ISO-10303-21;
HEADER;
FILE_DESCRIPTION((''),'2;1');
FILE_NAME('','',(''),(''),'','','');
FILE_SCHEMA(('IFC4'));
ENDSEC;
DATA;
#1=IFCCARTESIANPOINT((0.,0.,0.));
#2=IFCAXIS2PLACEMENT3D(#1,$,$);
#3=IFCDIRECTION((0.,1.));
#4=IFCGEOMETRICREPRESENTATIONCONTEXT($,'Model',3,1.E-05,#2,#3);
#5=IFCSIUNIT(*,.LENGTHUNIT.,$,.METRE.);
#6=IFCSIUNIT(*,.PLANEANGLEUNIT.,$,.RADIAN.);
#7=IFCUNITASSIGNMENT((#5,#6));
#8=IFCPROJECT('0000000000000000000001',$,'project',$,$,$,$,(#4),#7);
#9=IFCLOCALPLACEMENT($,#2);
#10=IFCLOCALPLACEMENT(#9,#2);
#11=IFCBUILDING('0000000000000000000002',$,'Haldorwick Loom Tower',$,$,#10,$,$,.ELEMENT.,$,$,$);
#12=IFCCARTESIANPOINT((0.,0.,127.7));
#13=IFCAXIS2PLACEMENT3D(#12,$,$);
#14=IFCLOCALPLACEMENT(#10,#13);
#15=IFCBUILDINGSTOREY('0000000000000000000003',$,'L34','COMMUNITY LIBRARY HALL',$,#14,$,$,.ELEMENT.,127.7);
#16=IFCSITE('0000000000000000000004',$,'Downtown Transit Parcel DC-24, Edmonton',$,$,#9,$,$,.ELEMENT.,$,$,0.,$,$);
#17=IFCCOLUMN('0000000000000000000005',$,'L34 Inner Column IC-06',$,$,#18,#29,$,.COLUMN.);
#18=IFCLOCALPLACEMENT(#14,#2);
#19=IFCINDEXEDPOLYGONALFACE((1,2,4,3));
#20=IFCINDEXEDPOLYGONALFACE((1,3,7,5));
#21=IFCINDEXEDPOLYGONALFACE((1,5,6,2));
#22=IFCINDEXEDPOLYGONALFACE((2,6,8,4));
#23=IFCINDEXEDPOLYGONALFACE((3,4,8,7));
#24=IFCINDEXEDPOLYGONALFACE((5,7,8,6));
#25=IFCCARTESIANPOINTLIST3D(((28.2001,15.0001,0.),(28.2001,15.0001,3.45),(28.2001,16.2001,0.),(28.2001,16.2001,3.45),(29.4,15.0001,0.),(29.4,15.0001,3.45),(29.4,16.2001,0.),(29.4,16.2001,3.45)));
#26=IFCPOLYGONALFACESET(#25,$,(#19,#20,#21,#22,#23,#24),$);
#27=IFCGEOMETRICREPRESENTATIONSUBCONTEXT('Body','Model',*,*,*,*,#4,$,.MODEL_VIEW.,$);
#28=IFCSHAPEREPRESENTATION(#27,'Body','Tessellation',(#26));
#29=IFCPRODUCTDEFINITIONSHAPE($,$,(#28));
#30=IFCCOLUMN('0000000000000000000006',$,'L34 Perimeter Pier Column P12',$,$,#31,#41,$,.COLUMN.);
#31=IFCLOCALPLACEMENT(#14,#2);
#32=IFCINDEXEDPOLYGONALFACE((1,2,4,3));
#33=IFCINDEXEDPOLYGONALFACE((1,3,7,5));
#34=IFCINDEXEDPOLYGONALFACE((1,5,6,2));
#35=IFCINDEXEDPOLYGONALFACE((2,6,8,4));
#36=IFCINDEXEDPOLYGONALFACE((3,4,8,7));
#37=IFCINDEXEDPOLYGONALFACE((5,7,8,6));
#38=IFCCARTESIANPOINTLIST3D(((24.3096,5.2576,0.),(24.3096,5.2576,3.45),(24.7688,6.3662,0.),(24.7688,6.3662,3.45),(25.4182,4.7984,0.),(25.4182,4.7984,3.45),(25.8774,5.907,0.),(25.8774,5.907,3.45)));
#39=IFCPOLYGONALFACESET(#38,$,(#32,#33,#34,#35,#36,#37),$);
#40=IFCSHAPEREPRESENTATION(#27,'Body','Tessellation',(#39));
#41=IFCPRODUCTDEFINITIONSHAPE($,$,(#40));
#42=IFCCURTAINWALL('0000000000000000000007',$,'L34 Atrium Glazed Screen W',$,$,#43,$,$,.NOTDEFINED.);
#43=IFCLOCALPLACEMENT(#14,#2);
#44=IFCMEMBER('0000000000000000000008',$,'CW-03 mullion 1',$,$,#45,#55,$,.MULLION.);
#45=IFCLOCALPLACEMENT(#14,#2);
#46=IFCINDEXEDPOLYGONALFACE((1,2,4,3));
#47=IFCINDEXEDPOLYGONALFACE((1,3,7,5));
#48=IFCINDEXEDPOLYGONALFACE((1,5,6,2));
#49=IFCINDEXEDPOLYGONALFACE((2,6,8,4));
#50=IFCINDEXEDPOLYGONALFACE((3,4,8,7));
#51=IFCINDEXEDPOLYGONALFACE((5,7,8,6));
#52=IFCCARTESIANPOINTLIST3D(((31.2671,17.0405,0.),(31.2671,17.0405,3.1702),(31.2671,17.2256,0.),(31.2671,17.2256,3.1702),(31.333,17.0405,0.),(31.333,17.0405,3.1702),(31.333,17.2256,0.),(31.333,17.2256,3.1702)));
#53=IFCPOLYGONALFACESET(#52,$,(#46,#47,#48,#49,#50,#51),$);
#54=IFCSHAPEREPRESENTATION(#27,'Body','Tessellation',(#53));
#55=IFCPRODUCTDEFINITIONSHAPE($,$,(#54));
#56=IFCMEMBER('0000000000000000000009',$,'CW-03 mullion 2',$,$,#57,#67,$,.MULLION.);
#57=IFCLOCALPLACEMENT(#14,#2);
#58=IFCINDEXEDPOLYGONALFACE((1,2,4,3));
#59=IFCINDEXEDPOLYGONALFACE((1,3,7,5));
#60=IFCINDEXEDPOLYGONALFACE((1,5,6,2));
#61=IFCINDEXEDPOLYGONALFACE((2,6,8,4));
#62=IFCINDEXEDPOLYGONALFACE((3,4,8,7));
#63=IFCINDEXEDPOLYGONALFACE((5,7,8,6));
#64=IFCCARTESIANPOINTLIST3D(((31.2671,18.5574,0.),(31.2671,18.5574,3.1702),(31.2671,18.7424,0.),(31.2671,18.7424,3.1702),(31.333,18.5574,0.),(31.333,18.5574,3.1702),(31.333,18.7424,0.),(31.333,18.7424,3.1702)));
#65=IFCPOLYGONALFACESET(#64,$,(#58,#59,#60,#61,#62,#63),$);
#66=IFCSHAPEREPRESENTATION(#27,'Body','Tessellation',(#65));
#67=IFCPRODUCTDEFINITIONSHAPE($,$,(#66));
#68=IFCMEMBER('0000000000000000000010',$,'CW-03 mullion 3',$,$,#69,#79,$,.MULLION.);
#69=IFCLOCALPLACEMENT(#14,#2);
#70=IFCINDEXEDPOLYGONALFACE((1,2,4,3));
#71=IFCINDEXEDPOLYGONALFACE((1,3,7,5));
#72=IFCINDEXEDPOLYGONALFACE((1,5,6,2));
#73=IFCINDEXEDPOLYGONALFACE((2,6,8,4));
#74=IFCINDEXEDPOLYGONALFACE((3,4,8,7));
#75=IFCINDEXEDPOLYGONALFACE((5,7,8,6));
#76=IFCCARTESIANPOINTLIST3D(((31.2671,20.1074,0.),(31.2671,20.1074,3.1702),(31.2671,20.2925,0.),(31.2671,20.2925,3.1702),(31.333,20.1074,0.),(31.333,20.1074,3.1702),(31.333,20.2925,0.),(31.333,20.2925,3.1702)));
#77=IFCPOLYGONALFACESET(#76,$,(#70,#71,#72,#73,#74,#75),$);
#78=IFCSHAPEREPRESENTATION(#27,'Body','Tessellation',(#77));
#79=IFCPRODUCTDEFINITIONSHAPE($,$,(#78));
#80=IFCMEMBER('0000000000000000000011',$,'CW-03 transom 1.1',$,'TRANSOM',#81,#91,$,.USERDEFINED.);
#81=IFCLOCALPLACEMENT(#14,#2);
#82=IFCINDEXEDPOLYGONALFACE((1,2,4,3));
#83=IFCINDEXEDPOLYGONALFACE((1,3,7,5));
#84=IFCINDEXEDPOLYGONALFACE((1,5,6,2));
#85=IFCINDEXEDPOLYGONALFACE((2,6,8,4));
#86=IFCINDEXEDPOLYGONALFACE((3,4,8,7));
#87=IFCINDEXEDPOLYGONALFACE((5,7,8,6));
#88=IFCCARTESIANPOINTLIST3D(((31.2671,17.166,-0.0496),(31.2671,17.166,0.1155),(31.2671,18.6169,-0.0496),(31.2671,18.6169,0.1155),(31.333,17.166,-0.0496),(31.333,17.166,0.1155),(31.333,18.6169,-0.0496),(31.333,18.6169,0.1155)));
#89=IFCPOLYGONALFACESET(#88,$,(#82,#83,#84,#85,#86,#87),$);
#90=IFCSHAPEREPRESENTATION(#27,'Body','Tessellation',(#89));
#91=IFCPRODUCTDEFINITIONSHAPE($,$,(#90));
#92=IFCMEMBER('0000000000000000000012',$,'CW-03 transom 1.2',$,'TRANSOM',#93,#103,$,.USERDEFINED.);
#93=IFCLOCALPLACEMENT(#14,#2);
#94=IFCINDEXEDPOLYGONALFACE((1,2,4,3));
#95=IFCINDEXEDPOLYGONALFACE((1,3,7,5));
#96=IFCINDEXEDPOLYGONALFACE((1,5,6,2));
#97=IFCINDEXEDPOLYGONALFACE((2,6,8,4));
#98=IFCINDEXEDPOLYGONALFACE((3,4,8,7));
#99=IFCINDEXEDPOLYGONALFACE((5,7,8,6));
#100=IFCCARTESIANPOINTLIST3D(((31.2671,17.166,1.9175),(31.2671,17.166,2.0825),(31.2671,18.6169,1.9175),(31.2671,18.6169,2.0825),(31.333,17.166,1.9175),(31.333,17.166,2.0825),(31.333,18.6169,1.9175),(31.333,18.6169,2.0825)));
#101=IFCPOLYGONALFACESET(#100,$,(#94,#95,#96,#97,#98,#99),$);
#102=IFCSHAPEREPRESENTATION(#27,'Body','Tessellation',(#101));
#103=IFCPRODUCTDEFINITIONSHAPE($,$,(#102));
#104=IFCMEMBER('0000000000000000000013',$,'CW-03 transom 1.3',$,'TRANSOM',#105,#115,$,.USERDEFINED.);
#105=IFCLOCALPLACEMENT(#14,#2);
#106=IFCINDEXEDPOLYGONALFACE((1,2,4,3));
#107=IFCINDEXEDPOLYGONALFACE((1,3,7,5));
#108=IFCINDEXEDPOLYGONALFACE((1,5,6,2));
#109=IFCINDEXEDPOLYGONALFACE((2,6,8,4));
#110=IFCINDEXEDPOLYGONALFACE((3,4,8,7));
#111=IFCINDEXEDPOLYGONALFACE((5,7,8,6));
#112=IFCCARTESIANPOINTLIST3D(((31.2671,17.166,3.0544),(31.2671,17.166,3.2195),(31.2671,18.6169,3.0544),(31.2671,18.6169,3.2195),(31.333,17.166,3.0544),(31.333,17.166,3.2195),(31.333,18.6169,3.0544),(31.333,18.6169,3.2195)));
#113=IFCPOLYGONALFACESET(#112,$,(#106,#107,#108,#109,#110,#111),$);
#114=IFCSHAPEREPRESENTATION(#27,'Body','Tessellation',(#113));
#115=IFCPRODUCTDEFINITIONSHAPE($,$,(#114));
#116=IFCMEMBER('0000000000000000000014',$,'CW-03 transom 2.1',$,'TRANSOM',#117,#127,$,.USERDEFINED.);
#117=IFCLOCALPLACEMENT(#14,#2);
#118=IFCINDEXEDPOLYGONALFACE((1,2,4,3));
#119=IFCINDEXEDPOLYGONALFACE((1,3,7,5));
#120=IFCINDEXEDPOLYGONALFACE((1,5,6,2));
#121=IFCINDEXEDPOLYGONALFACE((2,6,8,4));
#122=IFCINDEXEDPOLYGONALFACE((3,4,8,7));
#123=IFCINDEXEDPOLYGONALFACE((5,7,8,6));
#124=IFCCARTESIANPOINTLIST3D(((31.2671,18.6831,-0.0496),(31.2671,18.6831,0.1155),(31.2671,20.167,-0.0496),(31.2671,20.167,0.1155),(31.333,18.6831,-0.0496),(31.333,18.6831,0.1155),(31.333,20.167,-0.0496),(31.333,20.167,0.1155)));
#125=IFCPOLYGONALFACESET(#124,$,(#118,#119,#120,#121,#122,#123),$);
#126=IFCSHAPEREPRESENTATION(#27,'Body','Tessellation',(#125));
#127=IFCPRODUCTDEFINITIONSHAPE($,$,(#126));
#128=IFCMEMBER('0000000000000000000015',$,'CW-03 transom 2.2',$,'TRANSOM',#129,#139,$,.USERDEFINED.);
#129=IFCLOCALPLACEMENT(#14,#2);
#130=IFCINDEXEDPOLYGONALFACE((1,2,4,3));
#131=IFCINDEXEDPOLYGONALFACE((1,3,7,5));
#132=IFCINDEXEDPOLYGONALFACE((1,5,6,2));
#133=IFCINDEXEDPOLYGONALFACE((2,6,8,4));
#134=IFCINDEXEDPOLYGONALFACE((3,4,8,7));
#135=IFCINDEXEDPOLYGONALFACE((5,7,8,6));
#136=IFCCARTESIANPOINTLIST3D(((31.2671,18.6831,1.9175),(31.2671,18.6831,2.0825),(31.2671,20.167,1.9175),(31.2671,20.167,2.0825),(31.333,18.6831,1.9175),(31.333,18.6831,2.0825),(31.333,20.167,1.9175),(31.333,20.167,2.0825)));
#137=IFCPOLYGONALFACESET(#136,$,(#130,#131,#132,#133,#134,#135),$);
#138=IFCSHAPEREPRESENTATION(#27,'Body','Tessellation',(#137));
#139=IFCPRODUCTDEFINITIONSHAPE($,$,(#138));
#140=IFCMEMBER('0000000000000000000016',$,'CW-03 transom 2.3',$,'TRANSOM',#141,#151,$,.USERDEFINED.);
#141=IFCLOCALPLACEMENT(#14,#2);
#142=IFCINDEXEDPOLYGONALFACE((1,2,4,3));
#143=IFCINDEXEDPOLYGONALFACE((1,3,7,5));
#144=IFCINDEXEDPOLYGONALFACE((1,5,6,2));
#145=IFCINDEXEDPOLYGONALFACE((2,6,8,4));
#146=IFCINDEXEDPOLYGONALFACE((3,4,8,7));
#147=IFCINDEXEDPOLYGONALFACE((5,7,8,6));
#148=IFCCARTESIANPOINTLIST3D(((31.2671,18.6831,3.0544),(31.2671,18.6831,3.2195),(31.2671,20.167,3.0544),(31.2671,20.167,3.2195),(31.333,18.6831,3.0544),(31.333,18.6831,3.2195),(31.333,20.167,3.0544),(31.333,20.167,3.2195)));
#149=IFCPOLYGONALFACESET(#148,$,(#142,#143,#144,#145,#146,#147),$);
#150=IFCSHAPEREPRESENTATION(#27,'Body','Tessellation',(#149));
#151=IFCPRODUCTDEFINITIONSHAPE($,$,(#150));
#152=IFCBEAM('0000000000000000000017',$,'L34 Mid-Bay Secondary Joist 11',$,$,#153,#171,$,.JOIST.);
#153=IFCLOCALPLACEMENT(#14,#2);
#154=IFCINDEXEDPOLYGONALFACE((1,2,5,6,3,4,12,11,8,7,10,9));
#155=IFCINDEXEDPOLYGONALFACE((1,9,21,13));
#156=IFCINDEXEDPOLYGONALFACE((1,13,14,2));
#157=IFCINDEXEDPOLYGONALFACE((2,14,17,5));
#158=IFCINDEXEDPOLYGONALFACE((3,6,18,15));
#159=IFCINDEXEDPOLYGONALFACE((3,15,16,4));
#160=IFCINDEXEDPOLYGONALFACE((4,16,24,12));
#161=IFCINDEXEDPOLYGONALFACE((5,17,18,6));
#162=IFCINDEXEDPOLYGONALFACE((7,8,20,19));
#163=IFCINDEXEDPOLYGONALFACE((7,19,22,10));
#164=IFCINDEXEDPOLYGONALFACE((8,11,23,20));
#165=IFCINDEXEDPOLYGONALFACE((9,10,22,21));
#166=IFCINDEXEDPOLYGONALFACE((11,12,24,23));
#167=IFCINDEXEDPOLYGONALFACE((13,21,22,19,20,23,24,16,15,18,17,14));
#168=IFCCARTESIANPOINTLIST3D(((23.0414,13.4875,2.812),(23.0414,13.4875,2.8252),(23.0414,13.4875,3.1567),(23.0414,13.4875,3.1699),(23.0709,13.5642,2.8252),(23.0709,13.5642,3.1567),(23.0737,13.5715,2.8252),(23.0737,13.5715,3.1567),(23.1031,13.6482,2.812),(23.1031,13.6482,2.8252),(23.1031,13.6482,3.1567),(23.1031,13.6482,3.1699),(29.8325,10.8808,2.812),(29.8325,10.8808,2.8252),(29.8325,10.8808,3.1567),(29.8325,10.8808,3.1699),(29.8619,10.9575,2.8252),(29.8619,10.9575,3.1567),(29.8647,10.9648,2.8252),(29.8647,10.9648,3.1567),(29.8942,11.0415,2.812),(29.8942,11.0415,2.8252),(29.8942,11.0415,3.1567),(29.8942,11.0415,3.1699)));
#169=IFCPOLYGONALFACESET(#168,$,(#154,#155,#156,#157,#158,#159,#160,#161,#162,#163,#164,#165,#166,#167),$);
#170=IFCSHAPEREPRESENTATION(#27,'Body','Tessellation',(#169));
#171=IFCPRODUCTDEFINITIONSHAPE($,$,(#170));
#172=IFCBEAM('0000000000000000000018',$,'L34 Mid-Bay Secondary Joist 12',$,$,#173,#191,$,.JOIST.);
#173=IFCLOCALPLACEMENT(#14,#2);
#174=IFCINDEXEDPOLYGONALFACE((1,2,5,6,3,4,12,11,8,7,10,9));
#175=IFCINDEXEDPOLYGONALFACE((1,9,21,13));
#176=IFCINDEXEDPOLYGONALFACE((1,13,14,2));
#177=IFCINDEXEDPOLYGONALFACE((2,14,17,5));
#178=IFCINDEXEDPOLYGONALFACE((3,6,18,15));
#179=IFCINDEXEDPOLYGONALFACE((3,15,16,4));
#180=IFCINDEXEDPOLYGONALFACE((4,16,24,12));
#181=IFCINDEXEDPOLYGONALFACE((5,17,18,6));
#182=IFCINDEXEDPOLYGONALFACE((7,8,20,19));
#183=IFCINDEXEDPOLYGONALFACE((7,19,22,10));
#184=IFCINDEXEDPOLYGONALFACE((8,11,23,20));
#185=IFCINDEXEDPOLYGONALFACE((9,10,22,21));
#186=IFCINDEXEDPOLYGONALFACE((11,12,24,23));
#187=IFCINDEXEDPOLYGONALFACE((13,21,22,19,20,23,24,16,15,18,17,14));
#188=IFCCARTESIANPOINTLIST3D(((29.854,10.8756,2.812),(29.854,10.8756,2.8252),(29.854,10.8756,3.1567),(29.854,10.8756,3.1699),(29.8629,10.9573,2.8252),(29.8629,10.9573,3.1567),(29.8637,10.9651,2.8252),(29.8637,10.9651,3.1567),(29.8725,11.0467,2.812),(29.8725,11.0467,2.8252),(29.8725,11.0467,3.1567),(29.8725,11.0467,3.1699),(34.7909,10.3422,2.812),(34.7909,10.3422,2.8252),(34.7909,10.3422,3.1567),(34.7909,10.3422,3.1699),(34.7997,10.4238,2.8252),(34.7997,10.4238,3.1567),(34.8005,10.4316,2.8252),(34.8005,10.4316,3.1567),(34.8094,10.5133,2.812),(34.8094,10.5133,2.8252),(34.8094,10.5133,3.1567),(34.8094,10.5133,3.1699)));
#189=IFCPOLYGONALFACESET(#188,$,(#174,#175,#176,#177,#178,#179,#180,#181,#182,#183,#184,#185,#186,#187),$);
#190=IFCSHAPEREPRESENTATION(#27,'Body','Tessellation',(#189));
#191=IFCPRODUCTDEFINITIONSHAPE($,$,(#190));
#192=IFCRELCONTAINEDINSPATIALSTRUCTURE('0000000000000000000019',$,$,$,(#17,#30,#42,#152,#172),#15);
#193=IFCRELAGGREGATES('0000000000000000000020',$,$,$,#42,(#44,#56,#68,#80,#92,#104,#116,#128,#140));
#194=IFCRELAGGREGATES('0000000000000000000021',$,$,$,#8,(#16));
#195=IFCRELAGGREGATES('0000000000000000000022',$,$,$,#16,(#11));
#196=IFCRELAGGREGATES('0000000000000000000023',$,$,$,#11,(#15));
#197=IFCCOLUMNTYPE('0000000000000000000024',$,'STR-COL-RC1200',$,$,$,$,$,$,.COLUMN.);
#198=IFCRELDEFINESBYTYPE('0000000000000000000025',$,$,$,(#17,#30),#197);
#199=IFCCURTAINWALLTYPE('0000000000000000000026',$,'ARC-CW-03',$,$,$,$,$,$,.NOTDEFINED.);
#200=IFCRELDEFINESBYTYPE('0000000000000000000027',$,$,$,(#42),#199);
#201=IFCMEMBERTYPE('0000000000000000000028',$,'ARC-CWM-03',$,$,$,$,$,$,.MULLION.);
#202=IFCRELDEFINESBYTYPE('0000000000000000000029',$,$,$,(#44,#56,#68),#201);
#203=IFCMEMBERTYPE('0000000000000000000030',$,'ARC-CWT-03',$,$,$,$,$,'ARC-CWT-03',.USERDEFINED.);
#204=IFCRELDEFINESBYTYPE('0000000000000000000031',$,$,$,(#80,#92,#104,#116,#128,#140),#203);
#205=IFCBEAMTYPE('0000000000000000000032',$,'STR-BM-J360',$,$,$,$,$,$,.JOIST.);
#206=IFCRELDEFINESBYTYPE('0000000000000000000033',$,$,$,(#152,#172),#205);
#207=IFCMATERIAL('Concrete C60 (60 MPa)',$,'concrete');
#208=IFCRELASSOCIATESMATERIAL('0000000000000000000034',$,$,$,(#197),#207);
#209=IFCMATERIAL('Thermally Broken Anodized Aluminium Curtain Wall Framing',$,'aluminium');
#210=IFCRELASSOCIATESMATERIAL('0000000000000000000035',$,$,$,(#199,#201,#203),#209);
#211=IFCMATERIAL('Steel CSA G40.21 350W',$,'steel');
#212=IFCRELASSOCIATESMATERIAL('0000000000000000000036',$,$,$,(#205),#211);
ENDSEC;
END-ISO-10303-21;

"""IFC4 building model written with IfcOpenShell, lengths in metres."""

from ifc_helpers import new_model, si_unit, direction, frame, origin, origin_2d, place, context, subcontext, project, spatial, rectangle, i_section, extrude, material, material_profile, profile_set, type_object, element, aggregate, save


model = new_model("IFC4")

# Units and contexts
model_context = context("Model", 3, precision=1e-05, world=origin(), true_north=direction((0.0, 1.0)))
body_context = subcontext(model_context, "Body", "Model", "MODEL_VIEW")
ifc_project = project(units=[si_unit("LENGTHUNIT", "METRE"), si_unit("PLANEANGLEUNIT", "RADIAN")], contexts=[model_context])

# Site, building, storey
site_placement = place(None, origin())
site = spatial("IfcSite", under=ifc_project, at=site_placement, Name="Downtown Transit Parcel DC-24, Edmonton", CompositionType="ELEMENT", RefElevation=0.0)
building_placement = place(site_placement, origin())
building = spatial("IfcBuilding", under=site, at=building_placement, Name="Haldorwick Loom Tower", CompositionType="ELEMENT")
storey_placement = place(building_placement, frame((0.0, 0.0, 127.7)))
storey = spatial("IfcBuildingStorey", under=building, at=storey_placement, Name="L34", Description="COMMUNITY LIBRARY HALL", CompositionType="ELEMENT", Elevation=127.7)

# Columns
ifc_material_1 = material(Name="Concrete C60 (60 MPa)", Category="concrete")
ifc_material_profile_1 = material_profile(ifc_material_1, rectangle(XDim=1.2, YDim=1.2, at=origin_2d()), Name="RC1200X1200", Category="concrete")
ifc_profile_set_1 = profile_set([ifc_material_profile_1], Name="Concrete C60 (60 MPa)")
column_type = type_object("IfcColumnType", Name="STR-COL-RC1200", PredefinedType="COLUMN", material=ifc_profile_set_1)
for number, where, z_axis, x_axis, name in (
    (1, (28.8, 15.6001, 0.0), (0.0, 0.0, 1.0), (1.0, 0.0, 0.0), "L34 Inner Column IC-06"),
    (2, (25.0935, 5.5823, 0.0), (0.0, 0.0, 1.0), (-0.382683, -0.92388, 0.0), "L34 Perimeter Pier Column P12"),
):
    element("IfcColumn", number, at=place(storey_placement, frame(where, z_axis=z_axis, x_axis=x_axis)), inside=storey, type_object=column_type, Name=name, PredefinedType="COLUMN", context=body_context, shape_type="SweptSolid", body=[
        extrude(rectangle(XDim=1.2, YDim=1.2, at=origin_2d()), origin(), (0.0, 0.0, 1.0), 3.45),
    ])

# Curtain wall, members
ifc_material_2 = material(Name="Thermally Broken Anodized Aluminium Curtain Wall Framing", Category="aluminium")
curtain_wall_type = type_object("IfcCurtainWallType", Name="ARC-CW-03", PredefinedType="NOTDEFINED", material=ifc_material_2)
curtain_wall_placement = place(storey_placement, origin())
curtain_wall = element("IfcCurtainWall", 3, at=curtain_wall_placement, inside=storey, type_object=curtain_wall_type, Name="L34 Atrium Glazed Screen W", PredefinedType="NOTDEFINED")
ifc_material_profile_2 = material_profile(ifc_material_2, rectangle(XDim=0.0659, YDim=0.1851, at=origin_2d()), Name="ALU_MUL_66X185", Category="aluminium")
ifc_profile_set_2 = profile_set([ifc_material_profile_2], Name="Thermally Broken Anodized Aluminium Curtain Wall Framing")
member_type_1 = type_object("IfcMemberType", Name="ARC-CWM-03", PredefinedType="MULLION", material=ifc_profile_set_2)
member_1_placement = place(storey_placement, frame((31.3, 17.1331, 0.0), z_axis=(0.0, 0.0, 1.0), x_axis=(-1.0, 0.0, 0.0)))
member_1 = element("IfcMember", 4, at=member_1_placement, type_object=member_type_1, Name="CW-03 mullion 1", PredefinedType="MULLION", context=body_context, shape_type="SweptSolid", body=[
    extrude(rectangle(XDim=0.0659, YDim=0.1851, at=origin_2d()), origin(), (0.0, 0.0, 1.0), 3.1702),
])
member_2_placement = place(storey_placement, frame((31.3, 18.6499, 0.0), z_axis=(0.0, 0.0, 1.0), x_axis=(-1.0, 0.0, 0.0)))
member_2 = element("IfcMember", 5, at=member_2_placement, type_object=member_type_1, Name="CW-03 mullion 2", PredefinedType="MULLION", context=body_context, shape_type="SweptSolid", body=[
    extrude(rectangle(XDim=0.0659, YDim=0.1851, at=origin_2d()), origin(), (0.0, 0.0, 1.0), 3.1702),
])
member_3_placement = place(storey_placement, frame((31.3, 20.2, 0.0), z_axis=(0.0, 0.0, 1.0), x_axis=(-1.0, 0.0, 0.0)))
member_3 = element("IfcMember", 6, at=member_3_placement, type_object=member_type_1, Name="CW-03 mullion 3", PredefinedType="MULLION", context=body_context, shape_type="SweptSolid", body=[
    extrude(rectangle(XDim=0.0659, YDim=0.1851, at=origin_2d()), origin(), (0.0, 0.0, 1.0), 3.1702),
])
ifc_material_profile_3 = material_profile(ifc_material_2, rectangle(XDim=0.0659, YDim=0.165, at=origin_2d()), Name="ALU_TRN_66X165", Category="aluminium")
ifc_profile_set_3 = profile_set([ifc_material_profile_3], Name="Thermally Broken Anodized Aluminium Curtain Wall Framing")
member_type_2 = type_object("IfcMemberType", Name="ARC-CWT-03", ElementType="ARC-CWT-03", PredefinedType="USERDEFINED", material=ifc_profile_set_3)
member_4_placement = place(storey_placement, frame((31.3, 17.166, 0.033), z_axis=(0.0, 1.0, 0.0), x_axis=(-1.0, 0.0, 0.0)))
member_4 = element("IfcMember", 7, at=member_4_placement, type_object=member_type_2, Name="CW-03 transom 1.1", ObjectType="TRANSOM", PredefinedType="USERDEFINED", context=body_context, shape_type="SweptSolid", body=[
    extrude(rectangle(XDim=0.0659, YDim=0.165, at=origin_2d()), origin(), (0.0, 0.0, 1.0), 1.4509),
])
member_5_placement = place(storey_placement, frame((31.3, 17.166, 2.0), z_axis=(0.0, 1.0, 0.0), x_axis=(-1.0, 0.0, 0.0)))
member_5 = element("IfcMember", 8, at=member_5_placement, type_object=member_type_2, Name="CW-03 transom 1.2", ObjectType="TRANSOM", PredefinedType="USERDEFINED", context=body_context, shape_type="SweptSolid", body=[
    extrude(rectangle(XDim=0.0659, YDim=0.165, at=origin_2d()), origin(), (0.0, 0.0, 1.0), 1.4509),
])
member_6_placement = place(storey_placement, frame((31.3, 17.166, 3.137), z_axis=(0.0, 1.0, 0.0), x_axis=(-1.0, 0.0, 0.0)))
member_6 = element("IfcMember", 9, at=member_6_placement, type_object=member_type_2, Name="CW-03 transom 1.3", ObjectType="TRANSOM", PredefinedType="USERDEFINED", context=body_context, shape_type="SweptSolid", body=[
    extrude(rectangle(XDim=0.0659, YDim=0.165, at=origin_2d()), origin(), (0.0, 0.0, 1.0), 1.4509),
])
member_7_placement = place(storey_placement, frame((31.3, 18.6831, 0.033), z_axis=(0.0, 1.0, 0.0), x_axis=(-1.0, 0.0, 0.0)))
member_7 = element("IfcMember", 10, at=member_7_placement, type_object=member_type_2, Name="CW-03 transom 2.1", ObjectType="TRANSOM", PredefinedType="USERDEFINED", context=body_context, shape_type="SweptSolid", body=[
    extrude(rectangle(XDim=0.0659, YDim=0.165, at=origin_2d()), origin(), (0.0, 0.0, 1.0), 1.4839),
])
member_8_placement = place(storey_placement, frame((31.3, 18.6831, 2.0), z_axis=(0.0, 1.0, 0.0), x_axis=(-1.0, 0.0, 0.0)))
member_8 = element("IfcMember", 11, at=member_8_placement, type_object=member_type_2, Name="CW-03 transom 2.2", ObjectType="TRANSOM", PredefinedType="USERDEFINED", context=body_context, shape_type="SweptSolid", body=[
    extrude(rectangle(XDim=0.0659, YDim=0.165, at=origin_2d()), origin(), (0.0, 0.0, 1.0), 1.4839),
])
member_9_placement = place(storey_placement, frame((31.3, 18.6831, 3.137), z_axis=(0.0, 1.0, 0.0), x_axis=(-1.0, 0.0, 0.0)))
member_9 = element("IfcMember", 12, at=member_9_placement, type_object=member_type_2, Name="CW-03 transom 2.3", ObjectType="TRANSOM", PredefinedType="USERDEFINED", context=body_context, shape_type="SweptSolid", body=[
    extrude(rectangle(XDim=0.0659, YDim=0.165, at=origin_2d()), origin(), (0.0, 0.0, 1.0), 1.4839),
])

# Beams
ifc_material_3 = material(Name="Steel CSA G40.21 350W", Category="steel")
ifc_material_profile_4 = material_profile(ifc_material_3, i_section(OverallWidth=0.1721, OverallDepth=0.3579, WebThickness=0.0078, FlangeThickness=0.0132, at=origin_2d()), Name="W360X57", Category="steel")
ifc_profile_set_4 = profile_set([ifc_material_profile_4], Name="Steel CSA G40.21 350W")
beam_type_1 = type_object("IfcBeamType", Name="STR-BM-J360", PredefinedType="JOIST", material=ifc_profile_set_4)
beam_1_placement = place(storey_placement, frame((23.0723, 13.5679, 2.991), z_axis=(0.933587, -0.358352, 0.0), x_axis=(0.358352, 0.933587, 0.0)))
element("IfcBeam", 13, at=beam_1_placement, inside=storey, type_object=beam_type_1, Name="L34 Mid-Bay Secondary Joist 11", PredefinedType="JOIST", context=body_context, shape_type="SweptSolid", body=[
    extrude(i_section(OverallWidth=0.1721, OverallDepth=0.3579, WebThickness=0.0078, FlangeThickness=0.0132, at=origin_2d()), origin(), (0.0, 0.0, 1.0), 7.2742),
])
beam_2_placement = place(storey_placement, frame((29.8633, 10.9612, 2.991), z_axis=(0.994213, -0.107431, 0.0), x_axis=(0.107431, 0.994213, 0.0)))
element("IfcBeam", 14, at=beam_2_placement, inside=storey, type_object=beam_type_1, Name="L34 Mid-Bay Secondary Joist 12", PredefinedType="JOIST", context=body_context, shape_type="SweptSolid", body=[
    extrude(i_section(OverallWidth=0.1721, OverallDepth=0.3579, WebThickness=0.0078, FlangeThickness=0.0132, at=origin_2d()), origin(), (0.0, 0.0, 1.0), 4.9656),
])

aggregate(curtain_wall, [member_1, member_2, member_3, member_4, member_5, member_6, member_7, member_8, member_9])

save(model, "model.ifc")
